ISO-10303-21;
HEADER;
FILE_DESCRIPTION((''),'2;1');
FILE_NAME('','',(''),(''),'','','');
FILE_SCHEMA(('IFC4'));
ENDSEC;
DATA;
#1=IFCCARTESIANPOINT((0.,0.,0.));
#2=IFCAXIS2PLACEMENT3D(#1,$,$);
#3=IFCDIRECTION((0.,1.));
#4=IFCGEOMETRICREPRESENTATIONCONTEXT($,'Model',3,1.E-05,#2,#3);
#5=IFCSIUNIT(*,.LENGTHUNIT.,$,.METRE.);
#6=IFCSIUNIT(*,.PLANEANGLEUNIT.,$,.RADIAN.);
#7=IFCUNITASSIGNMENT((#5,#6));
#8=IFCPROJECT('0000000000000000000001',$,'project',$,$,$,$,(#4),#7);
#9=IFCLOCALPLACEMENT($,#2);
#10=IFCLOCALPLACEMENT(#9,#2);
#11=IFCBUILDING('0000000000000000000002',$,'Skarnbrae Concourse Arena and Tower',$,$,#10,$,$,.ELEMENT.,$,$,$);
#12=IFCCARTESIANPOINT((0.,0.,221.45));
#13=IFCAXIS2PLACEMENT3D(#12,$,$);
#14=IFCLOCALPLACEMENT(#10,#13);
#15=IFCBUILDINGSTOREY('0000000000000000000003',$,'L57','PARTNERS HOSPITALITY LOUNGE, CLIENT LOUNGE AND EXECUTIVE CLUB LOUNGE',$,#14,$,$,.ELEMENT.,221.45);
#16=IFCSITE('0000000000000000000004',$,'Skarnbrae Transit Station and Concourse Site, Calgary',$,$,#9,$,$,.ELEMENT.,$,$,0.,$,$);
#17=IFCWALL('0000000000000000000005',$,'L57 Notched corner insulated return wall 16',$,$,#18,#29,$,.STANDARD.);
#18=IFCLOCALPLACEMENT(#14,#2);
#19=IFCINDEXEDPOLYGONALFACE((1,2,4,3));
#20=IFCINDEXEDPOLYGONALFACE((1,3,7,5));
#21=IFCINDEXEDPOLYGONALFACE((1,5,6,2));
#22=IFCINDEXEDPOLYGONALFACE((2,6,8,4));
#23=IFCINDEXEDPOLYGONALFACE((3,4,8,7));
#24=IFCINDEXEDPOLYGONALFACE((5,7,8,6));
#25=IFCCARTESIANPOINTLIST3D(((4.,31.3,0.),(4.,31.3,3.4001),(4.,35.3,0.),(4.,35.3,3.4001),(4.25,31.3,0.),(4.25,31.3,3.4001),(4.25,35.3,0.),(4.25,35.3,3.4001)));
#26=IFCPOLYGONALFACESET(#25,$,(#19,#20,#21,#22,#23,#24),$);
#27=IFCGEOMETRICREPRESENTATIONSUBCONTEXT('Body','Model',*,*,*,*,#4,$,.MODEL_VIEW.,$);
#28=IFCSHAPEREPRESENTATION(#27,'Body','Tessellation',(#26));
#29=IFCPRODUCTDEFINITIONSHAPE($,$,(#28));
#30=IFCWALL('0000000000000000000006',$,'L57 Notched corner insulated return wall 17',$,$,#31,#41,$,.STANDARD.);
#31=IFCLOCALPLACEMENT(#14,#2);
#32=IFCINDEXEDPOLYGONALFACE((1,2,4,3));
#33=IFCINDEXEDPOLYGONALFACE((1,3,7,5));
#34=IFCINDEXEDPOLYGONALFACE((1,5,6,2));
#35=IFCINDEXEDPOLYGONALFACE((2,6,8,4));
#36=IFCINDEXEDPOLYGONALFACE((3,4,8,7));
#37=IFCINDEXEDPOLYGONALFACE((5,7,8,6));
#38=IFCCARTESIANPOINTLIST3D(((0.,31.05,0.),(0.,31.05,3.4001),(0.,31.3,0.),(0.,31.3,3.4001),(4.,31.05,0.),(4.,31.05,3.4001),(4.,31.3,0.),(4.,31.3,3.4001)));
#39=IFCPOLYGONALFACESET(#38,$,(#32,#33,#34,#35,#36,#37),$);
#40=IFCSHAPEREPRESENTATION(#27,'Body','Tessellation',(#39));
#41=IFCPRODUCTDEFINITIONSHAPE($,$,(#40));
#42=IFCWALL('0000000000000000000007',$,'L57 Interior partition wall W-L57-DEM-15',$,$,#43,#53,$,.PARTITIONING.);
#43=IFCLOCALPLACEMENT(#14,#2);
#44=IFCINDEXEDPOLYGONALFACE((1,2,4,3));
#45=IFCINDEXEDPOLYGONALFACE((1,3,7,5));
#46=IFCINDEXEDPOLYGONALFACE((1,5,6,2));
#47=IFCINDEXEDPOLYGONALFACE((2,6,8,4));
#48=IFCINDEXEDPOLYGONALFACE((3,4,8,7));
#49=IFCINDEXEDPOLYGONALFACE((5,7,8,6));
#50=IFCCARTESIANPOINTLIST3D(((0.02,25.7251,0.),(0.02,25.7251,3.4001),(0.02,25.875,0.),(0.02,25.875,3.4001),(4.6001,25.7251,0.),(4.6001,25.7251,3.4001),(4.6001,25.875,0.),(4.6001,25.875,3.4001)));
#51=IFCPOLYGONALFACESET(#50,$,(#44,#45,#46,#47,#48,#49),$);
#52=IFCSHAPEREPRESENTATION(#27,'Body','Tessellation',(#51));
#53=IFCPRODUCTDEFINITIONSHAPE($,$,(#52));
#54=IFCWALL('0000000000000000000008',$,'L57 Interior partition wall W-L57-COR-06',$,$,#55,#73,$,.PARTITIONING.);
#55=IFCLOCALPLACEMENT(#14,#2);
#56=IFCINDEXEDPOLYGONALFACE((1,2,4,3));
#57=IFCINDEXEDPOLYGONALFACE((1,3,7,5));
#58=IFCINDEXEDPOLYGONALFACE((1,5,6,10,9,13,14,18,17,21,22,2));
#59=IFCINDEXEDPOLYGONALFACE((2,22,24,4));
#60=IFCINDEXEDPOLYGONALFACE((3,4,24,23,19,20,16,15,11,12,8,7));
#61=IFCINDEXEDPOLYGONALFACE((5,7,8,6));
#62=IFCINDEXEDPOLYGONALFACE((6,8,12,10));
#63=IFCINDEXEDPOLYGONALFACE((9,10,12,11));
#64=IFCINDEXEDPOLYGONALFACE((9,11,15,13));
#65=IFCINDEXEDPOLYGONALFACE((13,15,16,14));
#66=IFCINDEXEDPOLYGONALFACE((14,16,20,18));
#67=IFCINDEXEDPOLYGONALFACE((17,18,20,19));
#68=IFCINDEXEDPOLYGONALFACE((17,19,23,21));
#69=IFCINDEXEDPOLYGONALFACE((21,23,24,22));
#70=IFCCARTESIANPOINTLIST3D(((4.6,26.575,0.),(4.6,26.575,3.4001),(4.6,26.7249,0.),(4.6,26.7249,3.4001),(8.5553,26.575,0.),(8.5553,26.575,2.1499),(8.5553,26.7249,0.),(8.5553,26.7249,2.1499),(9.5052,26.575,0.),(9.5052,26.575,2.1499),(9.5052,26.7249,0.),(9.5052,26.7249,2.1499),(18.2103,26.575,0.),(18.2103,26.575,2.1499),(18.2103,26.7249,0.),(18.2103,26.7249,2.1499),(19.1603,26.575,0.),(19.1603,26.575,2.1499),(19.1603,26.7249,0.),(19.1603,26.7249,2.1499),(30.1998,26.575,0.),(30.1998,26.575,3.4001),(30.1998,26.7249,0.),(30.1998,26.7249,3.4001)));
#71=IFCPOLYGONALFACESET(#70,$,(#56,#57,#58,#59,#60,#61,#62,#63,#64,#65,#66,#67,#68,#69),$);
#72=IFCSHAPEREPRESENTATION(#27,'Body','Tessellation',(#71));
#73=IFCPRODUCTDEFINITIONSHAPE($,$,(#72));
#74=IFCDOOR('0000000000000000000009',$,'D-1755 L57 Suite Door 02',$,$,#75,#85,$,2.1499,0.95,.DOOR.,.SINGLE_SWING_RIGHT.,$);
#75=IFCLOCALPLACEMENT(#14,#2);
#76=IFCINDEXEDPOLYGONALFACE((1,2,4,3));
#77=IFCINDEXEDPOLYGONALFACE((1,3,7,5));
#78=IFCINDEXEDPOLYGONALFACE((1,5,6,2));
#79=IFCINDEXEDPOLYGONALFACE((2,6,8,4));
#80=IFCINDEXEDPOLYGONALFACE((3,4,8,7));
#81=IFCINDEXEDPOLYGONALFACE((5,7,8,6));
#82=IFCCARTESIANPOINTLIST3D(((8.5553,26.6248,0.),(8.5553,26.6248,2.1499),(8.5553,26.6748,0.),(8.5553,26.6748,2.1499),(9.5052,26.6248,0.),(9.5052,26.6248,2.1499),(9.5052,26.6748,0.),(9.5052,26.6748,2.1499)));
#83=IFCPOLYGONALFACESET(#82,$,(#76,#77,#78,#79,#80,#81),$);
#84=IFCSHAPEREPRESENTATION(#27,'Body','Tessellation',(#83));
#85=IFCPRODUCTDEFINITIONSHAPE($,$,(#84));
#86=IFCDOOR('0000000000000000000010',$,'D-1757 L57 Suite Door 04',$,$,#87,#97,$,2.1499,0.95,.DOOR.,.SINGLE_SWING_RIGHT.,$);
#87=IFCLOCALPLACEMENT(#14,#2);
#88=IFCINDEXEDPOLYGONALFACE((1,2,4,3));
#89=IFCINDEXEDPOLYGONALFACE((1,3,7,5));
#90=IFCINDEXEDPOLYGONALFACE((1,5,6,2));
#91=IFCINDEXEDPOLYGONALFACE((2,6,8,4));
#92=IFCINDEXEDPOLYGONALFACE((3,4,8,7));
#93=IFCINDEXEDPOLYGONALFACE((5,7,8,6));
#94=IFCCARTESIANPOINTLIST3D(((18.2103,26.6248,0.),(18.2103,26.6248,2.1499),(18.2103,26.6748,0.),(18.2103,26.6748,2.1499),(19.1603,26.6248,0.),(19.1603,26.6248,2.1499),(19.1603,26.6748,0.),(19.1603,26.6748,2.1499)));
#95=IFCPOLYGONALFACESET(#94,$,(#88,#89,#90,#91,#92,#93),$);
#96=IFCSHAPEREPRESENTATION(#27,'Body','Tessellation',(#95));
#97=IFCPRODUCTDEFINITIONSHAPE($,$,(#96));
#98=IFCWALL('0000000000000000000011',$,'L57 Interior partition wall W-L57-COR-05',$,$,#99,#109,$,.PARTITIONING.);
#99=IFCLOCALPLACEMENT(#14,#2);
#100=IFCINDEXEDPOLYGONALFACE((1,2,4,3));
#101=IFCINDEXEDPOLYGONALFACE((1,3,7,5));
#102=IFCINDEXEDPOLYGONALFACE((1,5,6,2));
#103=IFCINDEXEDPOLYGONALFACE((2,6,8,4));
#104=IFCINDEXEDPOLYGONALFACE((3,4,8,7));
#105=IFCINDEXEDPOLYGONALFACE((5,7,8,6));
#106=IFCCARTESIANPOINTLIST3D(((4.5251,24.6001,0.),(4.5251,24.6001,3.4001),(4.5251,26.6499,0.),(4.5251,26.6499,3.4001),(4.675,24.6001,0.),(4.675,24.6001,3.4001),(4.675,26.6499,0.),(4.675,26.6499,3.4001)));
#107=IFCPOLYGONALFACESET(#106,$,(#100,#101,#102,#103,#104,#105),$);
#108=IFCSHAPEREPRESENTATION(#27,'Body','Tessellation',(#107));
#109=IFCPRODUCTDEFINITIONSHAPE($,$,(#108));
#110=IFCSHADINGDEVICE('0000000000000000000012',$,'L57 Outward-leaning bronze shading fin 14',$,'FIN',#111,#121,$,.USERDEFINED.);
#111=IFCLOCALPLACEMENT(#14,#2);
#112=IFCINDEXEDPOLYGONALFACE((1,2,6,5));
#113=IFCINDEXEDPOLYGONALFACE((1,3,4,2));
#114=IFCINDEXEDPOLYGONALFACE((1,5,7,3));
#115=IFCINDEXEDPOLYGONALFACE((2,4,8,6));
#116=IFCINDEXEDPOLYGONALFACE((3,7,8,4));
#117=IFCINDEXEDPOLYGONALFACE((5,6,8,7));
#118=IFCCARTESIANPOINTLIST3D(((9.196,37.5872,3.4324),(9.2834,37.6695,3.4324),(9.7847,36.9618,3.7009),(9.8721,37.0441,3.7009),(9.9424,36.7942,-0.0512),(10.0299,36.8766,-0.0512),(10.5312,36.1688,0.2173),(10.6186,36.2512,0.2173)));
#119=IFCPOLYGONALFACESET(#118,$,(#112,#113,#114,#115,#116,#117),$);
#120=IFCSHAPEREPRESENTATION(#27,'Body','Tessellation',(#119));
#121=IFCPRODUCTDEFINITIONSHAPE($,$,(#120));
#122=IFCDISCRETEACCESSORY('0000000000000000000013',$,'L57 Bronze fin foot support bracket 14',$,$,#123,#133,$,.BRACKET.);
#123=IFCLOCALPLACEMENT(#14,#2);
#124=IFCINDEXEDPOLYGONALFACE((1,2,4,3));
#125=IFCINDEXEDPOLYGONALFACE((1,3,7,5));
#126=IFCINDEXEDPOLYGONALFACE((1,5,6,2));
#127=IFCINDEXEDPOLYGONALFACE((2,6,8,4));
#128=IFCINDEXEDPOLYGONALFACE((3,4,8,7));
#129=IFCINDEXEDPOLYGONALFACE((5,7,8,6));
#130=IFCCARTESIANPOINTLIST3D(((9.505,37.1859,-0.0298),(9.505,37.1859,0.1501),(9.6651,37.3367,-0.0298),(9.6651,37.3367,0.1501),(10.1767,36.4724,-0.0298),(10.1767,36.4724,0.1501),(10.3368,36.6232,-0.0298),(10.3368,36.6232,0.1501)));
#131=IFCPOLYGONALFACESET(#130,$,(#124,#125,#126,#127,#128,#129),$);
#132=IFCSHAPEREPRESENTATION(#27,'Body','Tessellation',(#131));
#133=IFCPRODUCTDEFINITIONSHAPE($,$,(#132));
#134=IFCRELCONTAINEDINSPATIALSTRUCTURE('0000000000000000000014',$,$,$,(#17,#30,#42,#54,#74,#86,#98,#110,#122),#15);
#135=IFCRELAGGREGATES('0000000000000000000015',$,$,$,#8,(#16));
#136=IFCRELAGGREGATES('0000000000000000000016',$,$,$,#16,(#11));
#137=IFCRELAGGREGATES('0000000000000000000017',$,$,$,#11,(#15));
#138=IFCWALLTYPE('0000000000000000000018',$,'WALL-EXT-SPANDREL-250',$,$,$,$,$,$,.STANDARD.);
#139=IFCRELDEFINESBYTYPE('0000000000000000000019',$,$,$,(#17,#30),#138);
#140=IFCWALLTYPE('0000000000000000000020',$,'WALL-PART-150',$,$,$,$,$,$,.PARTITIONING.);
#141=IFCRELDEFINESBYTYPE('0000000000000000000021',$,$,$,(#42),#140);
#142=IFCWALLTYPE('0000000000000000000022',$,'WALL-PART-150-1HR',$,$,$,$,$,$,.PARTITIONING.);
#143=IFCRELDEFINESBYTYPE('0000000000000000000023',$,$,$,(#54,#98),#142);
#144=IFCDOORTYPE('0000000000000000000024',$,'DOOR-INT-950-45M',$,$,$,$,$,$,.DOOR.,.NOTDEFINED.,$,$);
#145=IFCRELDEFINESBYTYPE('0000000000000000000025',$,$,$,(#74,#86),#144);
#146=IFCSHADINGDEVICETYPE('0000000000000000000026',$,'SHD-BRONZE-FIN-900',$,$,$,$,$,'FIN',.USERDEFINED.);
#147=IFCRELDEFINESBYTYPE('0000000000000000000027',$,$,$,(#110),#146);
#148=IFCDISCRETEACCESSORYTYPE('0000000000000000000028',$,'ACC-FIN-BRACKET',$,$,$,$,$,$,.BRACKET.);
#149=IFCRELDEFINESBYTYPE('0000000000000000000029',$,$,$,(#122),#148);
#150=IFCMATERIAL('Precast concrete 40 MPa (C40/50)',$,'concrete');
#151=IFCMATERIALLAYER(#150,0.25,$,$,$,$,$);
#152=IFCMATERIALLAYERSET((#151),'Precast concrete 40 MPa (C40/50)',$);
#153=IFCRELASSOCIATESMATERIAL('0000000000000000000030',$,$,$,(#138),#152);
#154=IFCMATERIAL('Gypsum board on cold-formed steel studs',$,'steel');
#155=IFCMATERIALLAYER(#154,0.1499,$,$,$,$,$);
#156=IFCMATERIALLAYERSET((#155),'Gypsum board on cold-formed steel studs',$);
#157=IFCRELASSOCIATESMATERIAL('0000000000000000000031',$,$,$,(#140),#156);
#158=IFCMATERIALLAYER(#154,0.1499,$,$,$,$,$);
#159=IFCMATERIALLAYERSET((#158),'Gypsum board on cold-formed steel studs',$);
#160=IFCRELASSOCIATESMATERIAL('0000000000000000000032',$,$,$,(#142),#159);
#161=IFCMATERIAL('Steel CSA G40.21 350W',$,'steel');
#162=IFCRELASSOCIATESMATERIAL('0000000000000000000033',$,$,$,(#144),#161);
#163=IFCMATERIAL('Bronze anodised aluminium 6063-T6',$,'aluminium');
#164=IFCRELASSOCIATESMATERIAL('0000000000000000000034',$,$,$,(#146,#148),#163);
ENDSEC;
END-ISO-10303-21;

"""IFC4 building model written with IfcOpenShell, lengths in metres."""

from ifc_helpers import new_model, si_unit, direction, frame, frame_2d, origin, origin_2d, place, context, subcontext, project, spatial, rectangle, extrude, source, transform, mapped, material, layer, layer_set, type_object, element, fill, save


model = new_model("IFC4")

# Units and contexts
model_context = context("Model", 3, precision=1e-05, world=origin(), true_north=direction((0.0, 1.0)))
body_context = subcontext(model_context, "Body", "Model", "MODEL_VIEW")
ifc_project = project(units=[si_unit("LENGTHUNIT", "METRE"), si_unit("PLANEANGLEUNIT", "RADIAN")], contexts=[model_context])

# Site, building, storey
site_placement = place(None, origin())
site = spatial("IfcSite", under=ifc_project, at=site_placement, Name="Skarnbrae Transit Station and Concourse Site, Calgary", CompositionType="ELEMENT", RefElevation=0.0)
building_placement = place(site_placement, origin())
building = spatial("IfcBuilding", under=site, at=building_placement, Name="Skarnbrae Concourse Arena and Tower", CompositionType="ELEMENT")
storey_placement = place(building_placement, frame((0.0, 0.0, 221.45)))
storey = spatial("IfcBuildingStorey", under=building, at=storey_placement, Name="L57", Description="PARTNERS HOSPITALITY LOUNGE, CLIENT LOUNGE AND EXECUTIVE CLUB LOUNGE", CompositionType="ELEMENT", Elevation=221.45)

# Shared definitions
ifc_material_1 = material(Name="Steel CSA G40.21 350W", Category="steel")

# Shared definitions
ifc_material_2 = material(Name="Bronze anodised aluminium 6063-T6", Category="aluminium")

# Walls
ifc_material_3 = material(Name="Precast concrete 40 MPa (C40/50)", Category="concrete")
ifc_layer_1 = layer(ifc_material_3, 0.25)
ifc_layer_set_1 = layer_set([ifc_layer_1], Name="Precast concrete 40 MPa (C40/50)")
wall_type_1 = type_object("IfcWallType", Name="WALL-EXT-SPANDREL-250", PredefinedType="STANDARD", material=ifc_layer_set_1)
shared_shape_1 = source(origin(), body_context, "Body", "SweptSolid", [
    extrude(rectangle(XDim=4.0, YDim=0.25, at=frame_2d((2.0, 0.0))), origin(), (0.0, 0.0, 1.0), 3.4001),
])
for number, where, z_axis, x_axis, name in (
    (1, (4.125, 35.3, 0.0), (0.0, 0.0, 1.0), (0.0, -1.0, 0.0), "L57 Notched corner insulated return wall 16"),
    (2, (4.0, 31.175, 0.0), (0.0, 0.0, 1.0), (-1.0, 0.0, 0.0), "L57 Notched corner insulated return wall 17"),
):
    element("IfcWall", number, at=place(storey_placement, frame(where, z_axis=z_axis, x_axis=x_axis)), inside=storey, type_object=wall_type_1, Name=name, PredefinedType="STANDARD", context=body_context, shape_type="MappedRepresentation", body=[
        mapped(shared_shape_1, transform((0.0, 0.0, 0.0))),
    ])
ifc_material_4 = material(Name="Gypsum board on cold-formed steel studs", Category="steel")
ifc_layer_2 = layer(ifc_material_4, 0.1499)
ifc_layer_set_2 = layer_set([ifc_layer_2], Name="Gypsum board on cold-formed steel studs")
wall_type_2 = type_object("IfcWallType", Name="WALL-PART-150", PredefinedType="PARTITIONING", material=ifc_layer_set_2)
shared_shape_2 = source(origin(), body_context, "Body", "SweptSolid", [
    extrude(rectangle(XDim=4.5801, YDim=0.1499, at=frame_2d((2.29, 0.0))), origin(), (0.0, 0.0, 1.0), 3.4001),
])
wall_1_placement = place(storey_placement, frame((0.02, 25.8, 0.0), z_axis=(0.0, 0.0, 1.0), x_axis=(1.0, 0.0, 0.0)))
element("IfcWall", 3, at=wall_1_placement, inside=storey, type_object=wall_type_2, Name="L57 Interior partition wall W-L57-DEM-15", PredefinedType="PARTITIONING", context=body_context, shape_type="MappedRepresentation", body=[
    mapped(shared_shape_2, transform((0.0, 0.0, 0.0))),
])

# Wall, openings, doors
ifc_layer_3 = layer(ifc_material_4, 0.1499)
ifc_layer_set_3 = layer_set([ifc_layer_3], Name="Gypsum board on cold-formed steel studs")
wall_type_3 = type_object("IfcWallType", Name="WALL-PART-150-1HR", PredefinedType="PARTITIONING", material=ifc_layer_set_3)
shared_shape_3 = source(origin(), body_context, "Body", "SweptSolid", [
    extrude(rectangle(XDim=25.5999, YDim=0.1499, at=frame_2d((12.7998, 0.0))), origin(), (0.0, 0.0, 1.0), 3.4001),
])
wall_2_placement = place(storey_placement, frame((4.6001, 26.6499, 0.0), z_axis=(0.0, 0.0, 1.0), x_axis=(1.0, 0.0, 0.0)))
wall_2 = element("IfcWall", 4, at=wall_2_placement, inside=storey, type_object=wall_type_3, Name="L57 Interior partition wall W-L57-COR-06", PredefinedType="PARTITIONING", context=body_context, shape_type="MappedRepresentation", body=[
    mapped(shared_shape_3, transform((0.0, 0.0, 0.0))),
])
opening_1_placement = place(wall_2_placement, frame((3.9551, 0.0, 0.0)))
opening_1 = element("IfcOpeningElement", 5, at=opening_1_placement, cuts=wall_2, PredefinedType="OPENING", context=body_context, shape_type="SweptSolid", body=[
    extrude(rectangle(XDim=0.95, YDim=2.1499, at=frame_2d((0.4751, 1.075))), frame((0.0, 0.085, 0.0), z_axis=(0.0, -1.0, 0.0), x_axis=(1.0, 0.0, 0.0)), (0.0, 0.0, 1.0), 0.1699),
])
opening_2_placement = place(wall_2_placement, frame((13.6101, 0.0, 0.0)))
opening_2 = element("IfcOpeningElement", 6, at=opening_2_placement, cuts=wall_2, PredefinedType="OPENING", context=body_context, shape_type="SweptSolid", body=[
    extrude(rectangle(XDim=0.95, YDim=2.1499, at=frame_2d((0.4751, 1.075))), frame((0.0, 0.085, 0.0), z_axis=(0.0, -1.0, 0.0), x_axis=(1.0, 0.0, 0.0)), (0.0, 0.0, 1.0), 0.1699),
])
door_type = type_object("IfcDoorType", Name="DOOR-INT-950-45M", OperationType="NOTDEFINED", PredefinedType="DOOR", material=ifc_material_1)
shared_shape_4 = source(origin(), body_context, "Body", "SweptSolid", [
    extrude(rectangle(XDim=0.95, YDim=2.1499, at=frame_2d((0.4751, 1.075))), frame((0.0, 0.0249, 0.0), z_axis=(0.0, -1.0, 0.0), x_axis=(1.0, 0.0, 0.0)), (0.0, 0.0, 1.0), 0.05),
])
door_1_placement = place(opening_1_placement, origin())
door_1 = element("IfcDoor", 7, at=door_1_placement, inside=storey, type_object=door_type, Name="D-1755 L57 Suite Door 02", OperationType="SINGLE_SWING_RIGHT", OverallHeight=2.1499, OverallWidth=0.95, PredefinedType="DOOR", context=body_context, shape_type="MappedRepresentation", body=[
    mapped(shared_shape_4, transform((0.0, 0.0, 0.0))),
])
fill(opening_1, door_1)
door_2_placement = place(opening_2_placement, origin())
door_2 = element("IfcDoor", 8, at=door_2_placement, inside=storey, type_object=door_type, Name="D-1757 L57 Suite Door 04", OperationType="SINGLE_SWING_RIGHT", OverallHeight=2.1499, OverallWidth=0.95, PredefinedType="DOOR", context=body_context, shape_type="MappedRepresentation", body=[
    mapped(shared_shape_4, transform((0.0, 0.0, 0.0))),
])
fill(opening_2, door_2)

# Wall
shared_shape_5 = source(origin(), body_context, "Body", "SweptSolid", [
    extrude(rectangle(XDim=2.0498, YDim=0.1499, at=frame_2d((1.0249, 0.0))), origin(), (0.0, 0.0, 1.0), 3.4001),
])
wall_3_placement = place(storey_placement, frame((4.6001, 24.6001, 0.0), z_axis=(0.0, 0.0, 1.0), x_axis=(0.0, 1.0, 0.0)))
element("IfcWall", 9, at=wall_3_placement, inside=storey, type_object=wall_type_3, Name="L57 Interior partition wall W-L57-COR-05", PredefinedType="PARTITIONING", context=body_context, shape_type="MappedRepresentation", body=[
    mapped(shared_shape_5, transform((0.0, 0.0, 0.0))),
])

# Shading device
shading_device_type = type_object("IfcShadingDeviceType", Name="SHD-BRONZE-FIN-900", ElementType="FIN", PredefinedType="USERDEFINED", material=ifc_material_2)
shared_shape_6 = source(origin(), body_context, "Body", "SweptSolid", [
    extrude(rectangle(XDim=0.1201, YDim=0.8999, at=origin_2d()), origin(), (0.0, 0.0, 1.0), 3.6499),
])
shading_device_placement = place(storey_placement, frame((10.2805, 36.5227, 0.083), z_axis=(-0.204517, 0.217256, 0.954449), x_axis=(0.728132, 0.685437, 0.0)))
element("IfcShadingDevice", 10, at=shading_device_placement, inside=storey, type_object=shading_device_type, Name="L57 Outward-leaning bronze shading fin 14", ObjectType="FIN", PredefinedType="USERDEFINED", context=body_context, shape_type="MappedRepresentation", body=[
    mapped(shared_shape_6, transform((0.0, 0.0, 0.0))),
])

# Discrete accessory
discrete_accessory_type = type_object("IfcDiscreteAccessoryType", Name="ACC-FIN-BRACKET", PredefinedType="BRACKET", material=ifc_material_2)
shared_shape_7 = source(origin(), body_context, "Body", "SweptSolid", [
    extrude(rectangle(XDim=0.22, YDim=0.98, at=origin_2d()), origin(), (0.0, 0.0, 1.0), 0.1799),
])
discrete_accessory_placement = place(storey_placement, frame((9.9209, 36.9045, -0.0298), z_axis=(0.0, 0.0, 1.0), x_axis=(0.728132, 0.685437, 0.0)))
element("IfcDiscreteAccessory", 11, at=discrete_accessory_placement, inside=storey, type_object=discrete_accessory_type, Name="L57 Bronze fin foot support bracket 14", PredefinedType="BRACKET", context=body_context, shape_type="MappedRepresentation", body=[
    mapped(shared_shape_7, transform((0.0, 0.0, 0.0))),
])

save(model, "model.ifc")
